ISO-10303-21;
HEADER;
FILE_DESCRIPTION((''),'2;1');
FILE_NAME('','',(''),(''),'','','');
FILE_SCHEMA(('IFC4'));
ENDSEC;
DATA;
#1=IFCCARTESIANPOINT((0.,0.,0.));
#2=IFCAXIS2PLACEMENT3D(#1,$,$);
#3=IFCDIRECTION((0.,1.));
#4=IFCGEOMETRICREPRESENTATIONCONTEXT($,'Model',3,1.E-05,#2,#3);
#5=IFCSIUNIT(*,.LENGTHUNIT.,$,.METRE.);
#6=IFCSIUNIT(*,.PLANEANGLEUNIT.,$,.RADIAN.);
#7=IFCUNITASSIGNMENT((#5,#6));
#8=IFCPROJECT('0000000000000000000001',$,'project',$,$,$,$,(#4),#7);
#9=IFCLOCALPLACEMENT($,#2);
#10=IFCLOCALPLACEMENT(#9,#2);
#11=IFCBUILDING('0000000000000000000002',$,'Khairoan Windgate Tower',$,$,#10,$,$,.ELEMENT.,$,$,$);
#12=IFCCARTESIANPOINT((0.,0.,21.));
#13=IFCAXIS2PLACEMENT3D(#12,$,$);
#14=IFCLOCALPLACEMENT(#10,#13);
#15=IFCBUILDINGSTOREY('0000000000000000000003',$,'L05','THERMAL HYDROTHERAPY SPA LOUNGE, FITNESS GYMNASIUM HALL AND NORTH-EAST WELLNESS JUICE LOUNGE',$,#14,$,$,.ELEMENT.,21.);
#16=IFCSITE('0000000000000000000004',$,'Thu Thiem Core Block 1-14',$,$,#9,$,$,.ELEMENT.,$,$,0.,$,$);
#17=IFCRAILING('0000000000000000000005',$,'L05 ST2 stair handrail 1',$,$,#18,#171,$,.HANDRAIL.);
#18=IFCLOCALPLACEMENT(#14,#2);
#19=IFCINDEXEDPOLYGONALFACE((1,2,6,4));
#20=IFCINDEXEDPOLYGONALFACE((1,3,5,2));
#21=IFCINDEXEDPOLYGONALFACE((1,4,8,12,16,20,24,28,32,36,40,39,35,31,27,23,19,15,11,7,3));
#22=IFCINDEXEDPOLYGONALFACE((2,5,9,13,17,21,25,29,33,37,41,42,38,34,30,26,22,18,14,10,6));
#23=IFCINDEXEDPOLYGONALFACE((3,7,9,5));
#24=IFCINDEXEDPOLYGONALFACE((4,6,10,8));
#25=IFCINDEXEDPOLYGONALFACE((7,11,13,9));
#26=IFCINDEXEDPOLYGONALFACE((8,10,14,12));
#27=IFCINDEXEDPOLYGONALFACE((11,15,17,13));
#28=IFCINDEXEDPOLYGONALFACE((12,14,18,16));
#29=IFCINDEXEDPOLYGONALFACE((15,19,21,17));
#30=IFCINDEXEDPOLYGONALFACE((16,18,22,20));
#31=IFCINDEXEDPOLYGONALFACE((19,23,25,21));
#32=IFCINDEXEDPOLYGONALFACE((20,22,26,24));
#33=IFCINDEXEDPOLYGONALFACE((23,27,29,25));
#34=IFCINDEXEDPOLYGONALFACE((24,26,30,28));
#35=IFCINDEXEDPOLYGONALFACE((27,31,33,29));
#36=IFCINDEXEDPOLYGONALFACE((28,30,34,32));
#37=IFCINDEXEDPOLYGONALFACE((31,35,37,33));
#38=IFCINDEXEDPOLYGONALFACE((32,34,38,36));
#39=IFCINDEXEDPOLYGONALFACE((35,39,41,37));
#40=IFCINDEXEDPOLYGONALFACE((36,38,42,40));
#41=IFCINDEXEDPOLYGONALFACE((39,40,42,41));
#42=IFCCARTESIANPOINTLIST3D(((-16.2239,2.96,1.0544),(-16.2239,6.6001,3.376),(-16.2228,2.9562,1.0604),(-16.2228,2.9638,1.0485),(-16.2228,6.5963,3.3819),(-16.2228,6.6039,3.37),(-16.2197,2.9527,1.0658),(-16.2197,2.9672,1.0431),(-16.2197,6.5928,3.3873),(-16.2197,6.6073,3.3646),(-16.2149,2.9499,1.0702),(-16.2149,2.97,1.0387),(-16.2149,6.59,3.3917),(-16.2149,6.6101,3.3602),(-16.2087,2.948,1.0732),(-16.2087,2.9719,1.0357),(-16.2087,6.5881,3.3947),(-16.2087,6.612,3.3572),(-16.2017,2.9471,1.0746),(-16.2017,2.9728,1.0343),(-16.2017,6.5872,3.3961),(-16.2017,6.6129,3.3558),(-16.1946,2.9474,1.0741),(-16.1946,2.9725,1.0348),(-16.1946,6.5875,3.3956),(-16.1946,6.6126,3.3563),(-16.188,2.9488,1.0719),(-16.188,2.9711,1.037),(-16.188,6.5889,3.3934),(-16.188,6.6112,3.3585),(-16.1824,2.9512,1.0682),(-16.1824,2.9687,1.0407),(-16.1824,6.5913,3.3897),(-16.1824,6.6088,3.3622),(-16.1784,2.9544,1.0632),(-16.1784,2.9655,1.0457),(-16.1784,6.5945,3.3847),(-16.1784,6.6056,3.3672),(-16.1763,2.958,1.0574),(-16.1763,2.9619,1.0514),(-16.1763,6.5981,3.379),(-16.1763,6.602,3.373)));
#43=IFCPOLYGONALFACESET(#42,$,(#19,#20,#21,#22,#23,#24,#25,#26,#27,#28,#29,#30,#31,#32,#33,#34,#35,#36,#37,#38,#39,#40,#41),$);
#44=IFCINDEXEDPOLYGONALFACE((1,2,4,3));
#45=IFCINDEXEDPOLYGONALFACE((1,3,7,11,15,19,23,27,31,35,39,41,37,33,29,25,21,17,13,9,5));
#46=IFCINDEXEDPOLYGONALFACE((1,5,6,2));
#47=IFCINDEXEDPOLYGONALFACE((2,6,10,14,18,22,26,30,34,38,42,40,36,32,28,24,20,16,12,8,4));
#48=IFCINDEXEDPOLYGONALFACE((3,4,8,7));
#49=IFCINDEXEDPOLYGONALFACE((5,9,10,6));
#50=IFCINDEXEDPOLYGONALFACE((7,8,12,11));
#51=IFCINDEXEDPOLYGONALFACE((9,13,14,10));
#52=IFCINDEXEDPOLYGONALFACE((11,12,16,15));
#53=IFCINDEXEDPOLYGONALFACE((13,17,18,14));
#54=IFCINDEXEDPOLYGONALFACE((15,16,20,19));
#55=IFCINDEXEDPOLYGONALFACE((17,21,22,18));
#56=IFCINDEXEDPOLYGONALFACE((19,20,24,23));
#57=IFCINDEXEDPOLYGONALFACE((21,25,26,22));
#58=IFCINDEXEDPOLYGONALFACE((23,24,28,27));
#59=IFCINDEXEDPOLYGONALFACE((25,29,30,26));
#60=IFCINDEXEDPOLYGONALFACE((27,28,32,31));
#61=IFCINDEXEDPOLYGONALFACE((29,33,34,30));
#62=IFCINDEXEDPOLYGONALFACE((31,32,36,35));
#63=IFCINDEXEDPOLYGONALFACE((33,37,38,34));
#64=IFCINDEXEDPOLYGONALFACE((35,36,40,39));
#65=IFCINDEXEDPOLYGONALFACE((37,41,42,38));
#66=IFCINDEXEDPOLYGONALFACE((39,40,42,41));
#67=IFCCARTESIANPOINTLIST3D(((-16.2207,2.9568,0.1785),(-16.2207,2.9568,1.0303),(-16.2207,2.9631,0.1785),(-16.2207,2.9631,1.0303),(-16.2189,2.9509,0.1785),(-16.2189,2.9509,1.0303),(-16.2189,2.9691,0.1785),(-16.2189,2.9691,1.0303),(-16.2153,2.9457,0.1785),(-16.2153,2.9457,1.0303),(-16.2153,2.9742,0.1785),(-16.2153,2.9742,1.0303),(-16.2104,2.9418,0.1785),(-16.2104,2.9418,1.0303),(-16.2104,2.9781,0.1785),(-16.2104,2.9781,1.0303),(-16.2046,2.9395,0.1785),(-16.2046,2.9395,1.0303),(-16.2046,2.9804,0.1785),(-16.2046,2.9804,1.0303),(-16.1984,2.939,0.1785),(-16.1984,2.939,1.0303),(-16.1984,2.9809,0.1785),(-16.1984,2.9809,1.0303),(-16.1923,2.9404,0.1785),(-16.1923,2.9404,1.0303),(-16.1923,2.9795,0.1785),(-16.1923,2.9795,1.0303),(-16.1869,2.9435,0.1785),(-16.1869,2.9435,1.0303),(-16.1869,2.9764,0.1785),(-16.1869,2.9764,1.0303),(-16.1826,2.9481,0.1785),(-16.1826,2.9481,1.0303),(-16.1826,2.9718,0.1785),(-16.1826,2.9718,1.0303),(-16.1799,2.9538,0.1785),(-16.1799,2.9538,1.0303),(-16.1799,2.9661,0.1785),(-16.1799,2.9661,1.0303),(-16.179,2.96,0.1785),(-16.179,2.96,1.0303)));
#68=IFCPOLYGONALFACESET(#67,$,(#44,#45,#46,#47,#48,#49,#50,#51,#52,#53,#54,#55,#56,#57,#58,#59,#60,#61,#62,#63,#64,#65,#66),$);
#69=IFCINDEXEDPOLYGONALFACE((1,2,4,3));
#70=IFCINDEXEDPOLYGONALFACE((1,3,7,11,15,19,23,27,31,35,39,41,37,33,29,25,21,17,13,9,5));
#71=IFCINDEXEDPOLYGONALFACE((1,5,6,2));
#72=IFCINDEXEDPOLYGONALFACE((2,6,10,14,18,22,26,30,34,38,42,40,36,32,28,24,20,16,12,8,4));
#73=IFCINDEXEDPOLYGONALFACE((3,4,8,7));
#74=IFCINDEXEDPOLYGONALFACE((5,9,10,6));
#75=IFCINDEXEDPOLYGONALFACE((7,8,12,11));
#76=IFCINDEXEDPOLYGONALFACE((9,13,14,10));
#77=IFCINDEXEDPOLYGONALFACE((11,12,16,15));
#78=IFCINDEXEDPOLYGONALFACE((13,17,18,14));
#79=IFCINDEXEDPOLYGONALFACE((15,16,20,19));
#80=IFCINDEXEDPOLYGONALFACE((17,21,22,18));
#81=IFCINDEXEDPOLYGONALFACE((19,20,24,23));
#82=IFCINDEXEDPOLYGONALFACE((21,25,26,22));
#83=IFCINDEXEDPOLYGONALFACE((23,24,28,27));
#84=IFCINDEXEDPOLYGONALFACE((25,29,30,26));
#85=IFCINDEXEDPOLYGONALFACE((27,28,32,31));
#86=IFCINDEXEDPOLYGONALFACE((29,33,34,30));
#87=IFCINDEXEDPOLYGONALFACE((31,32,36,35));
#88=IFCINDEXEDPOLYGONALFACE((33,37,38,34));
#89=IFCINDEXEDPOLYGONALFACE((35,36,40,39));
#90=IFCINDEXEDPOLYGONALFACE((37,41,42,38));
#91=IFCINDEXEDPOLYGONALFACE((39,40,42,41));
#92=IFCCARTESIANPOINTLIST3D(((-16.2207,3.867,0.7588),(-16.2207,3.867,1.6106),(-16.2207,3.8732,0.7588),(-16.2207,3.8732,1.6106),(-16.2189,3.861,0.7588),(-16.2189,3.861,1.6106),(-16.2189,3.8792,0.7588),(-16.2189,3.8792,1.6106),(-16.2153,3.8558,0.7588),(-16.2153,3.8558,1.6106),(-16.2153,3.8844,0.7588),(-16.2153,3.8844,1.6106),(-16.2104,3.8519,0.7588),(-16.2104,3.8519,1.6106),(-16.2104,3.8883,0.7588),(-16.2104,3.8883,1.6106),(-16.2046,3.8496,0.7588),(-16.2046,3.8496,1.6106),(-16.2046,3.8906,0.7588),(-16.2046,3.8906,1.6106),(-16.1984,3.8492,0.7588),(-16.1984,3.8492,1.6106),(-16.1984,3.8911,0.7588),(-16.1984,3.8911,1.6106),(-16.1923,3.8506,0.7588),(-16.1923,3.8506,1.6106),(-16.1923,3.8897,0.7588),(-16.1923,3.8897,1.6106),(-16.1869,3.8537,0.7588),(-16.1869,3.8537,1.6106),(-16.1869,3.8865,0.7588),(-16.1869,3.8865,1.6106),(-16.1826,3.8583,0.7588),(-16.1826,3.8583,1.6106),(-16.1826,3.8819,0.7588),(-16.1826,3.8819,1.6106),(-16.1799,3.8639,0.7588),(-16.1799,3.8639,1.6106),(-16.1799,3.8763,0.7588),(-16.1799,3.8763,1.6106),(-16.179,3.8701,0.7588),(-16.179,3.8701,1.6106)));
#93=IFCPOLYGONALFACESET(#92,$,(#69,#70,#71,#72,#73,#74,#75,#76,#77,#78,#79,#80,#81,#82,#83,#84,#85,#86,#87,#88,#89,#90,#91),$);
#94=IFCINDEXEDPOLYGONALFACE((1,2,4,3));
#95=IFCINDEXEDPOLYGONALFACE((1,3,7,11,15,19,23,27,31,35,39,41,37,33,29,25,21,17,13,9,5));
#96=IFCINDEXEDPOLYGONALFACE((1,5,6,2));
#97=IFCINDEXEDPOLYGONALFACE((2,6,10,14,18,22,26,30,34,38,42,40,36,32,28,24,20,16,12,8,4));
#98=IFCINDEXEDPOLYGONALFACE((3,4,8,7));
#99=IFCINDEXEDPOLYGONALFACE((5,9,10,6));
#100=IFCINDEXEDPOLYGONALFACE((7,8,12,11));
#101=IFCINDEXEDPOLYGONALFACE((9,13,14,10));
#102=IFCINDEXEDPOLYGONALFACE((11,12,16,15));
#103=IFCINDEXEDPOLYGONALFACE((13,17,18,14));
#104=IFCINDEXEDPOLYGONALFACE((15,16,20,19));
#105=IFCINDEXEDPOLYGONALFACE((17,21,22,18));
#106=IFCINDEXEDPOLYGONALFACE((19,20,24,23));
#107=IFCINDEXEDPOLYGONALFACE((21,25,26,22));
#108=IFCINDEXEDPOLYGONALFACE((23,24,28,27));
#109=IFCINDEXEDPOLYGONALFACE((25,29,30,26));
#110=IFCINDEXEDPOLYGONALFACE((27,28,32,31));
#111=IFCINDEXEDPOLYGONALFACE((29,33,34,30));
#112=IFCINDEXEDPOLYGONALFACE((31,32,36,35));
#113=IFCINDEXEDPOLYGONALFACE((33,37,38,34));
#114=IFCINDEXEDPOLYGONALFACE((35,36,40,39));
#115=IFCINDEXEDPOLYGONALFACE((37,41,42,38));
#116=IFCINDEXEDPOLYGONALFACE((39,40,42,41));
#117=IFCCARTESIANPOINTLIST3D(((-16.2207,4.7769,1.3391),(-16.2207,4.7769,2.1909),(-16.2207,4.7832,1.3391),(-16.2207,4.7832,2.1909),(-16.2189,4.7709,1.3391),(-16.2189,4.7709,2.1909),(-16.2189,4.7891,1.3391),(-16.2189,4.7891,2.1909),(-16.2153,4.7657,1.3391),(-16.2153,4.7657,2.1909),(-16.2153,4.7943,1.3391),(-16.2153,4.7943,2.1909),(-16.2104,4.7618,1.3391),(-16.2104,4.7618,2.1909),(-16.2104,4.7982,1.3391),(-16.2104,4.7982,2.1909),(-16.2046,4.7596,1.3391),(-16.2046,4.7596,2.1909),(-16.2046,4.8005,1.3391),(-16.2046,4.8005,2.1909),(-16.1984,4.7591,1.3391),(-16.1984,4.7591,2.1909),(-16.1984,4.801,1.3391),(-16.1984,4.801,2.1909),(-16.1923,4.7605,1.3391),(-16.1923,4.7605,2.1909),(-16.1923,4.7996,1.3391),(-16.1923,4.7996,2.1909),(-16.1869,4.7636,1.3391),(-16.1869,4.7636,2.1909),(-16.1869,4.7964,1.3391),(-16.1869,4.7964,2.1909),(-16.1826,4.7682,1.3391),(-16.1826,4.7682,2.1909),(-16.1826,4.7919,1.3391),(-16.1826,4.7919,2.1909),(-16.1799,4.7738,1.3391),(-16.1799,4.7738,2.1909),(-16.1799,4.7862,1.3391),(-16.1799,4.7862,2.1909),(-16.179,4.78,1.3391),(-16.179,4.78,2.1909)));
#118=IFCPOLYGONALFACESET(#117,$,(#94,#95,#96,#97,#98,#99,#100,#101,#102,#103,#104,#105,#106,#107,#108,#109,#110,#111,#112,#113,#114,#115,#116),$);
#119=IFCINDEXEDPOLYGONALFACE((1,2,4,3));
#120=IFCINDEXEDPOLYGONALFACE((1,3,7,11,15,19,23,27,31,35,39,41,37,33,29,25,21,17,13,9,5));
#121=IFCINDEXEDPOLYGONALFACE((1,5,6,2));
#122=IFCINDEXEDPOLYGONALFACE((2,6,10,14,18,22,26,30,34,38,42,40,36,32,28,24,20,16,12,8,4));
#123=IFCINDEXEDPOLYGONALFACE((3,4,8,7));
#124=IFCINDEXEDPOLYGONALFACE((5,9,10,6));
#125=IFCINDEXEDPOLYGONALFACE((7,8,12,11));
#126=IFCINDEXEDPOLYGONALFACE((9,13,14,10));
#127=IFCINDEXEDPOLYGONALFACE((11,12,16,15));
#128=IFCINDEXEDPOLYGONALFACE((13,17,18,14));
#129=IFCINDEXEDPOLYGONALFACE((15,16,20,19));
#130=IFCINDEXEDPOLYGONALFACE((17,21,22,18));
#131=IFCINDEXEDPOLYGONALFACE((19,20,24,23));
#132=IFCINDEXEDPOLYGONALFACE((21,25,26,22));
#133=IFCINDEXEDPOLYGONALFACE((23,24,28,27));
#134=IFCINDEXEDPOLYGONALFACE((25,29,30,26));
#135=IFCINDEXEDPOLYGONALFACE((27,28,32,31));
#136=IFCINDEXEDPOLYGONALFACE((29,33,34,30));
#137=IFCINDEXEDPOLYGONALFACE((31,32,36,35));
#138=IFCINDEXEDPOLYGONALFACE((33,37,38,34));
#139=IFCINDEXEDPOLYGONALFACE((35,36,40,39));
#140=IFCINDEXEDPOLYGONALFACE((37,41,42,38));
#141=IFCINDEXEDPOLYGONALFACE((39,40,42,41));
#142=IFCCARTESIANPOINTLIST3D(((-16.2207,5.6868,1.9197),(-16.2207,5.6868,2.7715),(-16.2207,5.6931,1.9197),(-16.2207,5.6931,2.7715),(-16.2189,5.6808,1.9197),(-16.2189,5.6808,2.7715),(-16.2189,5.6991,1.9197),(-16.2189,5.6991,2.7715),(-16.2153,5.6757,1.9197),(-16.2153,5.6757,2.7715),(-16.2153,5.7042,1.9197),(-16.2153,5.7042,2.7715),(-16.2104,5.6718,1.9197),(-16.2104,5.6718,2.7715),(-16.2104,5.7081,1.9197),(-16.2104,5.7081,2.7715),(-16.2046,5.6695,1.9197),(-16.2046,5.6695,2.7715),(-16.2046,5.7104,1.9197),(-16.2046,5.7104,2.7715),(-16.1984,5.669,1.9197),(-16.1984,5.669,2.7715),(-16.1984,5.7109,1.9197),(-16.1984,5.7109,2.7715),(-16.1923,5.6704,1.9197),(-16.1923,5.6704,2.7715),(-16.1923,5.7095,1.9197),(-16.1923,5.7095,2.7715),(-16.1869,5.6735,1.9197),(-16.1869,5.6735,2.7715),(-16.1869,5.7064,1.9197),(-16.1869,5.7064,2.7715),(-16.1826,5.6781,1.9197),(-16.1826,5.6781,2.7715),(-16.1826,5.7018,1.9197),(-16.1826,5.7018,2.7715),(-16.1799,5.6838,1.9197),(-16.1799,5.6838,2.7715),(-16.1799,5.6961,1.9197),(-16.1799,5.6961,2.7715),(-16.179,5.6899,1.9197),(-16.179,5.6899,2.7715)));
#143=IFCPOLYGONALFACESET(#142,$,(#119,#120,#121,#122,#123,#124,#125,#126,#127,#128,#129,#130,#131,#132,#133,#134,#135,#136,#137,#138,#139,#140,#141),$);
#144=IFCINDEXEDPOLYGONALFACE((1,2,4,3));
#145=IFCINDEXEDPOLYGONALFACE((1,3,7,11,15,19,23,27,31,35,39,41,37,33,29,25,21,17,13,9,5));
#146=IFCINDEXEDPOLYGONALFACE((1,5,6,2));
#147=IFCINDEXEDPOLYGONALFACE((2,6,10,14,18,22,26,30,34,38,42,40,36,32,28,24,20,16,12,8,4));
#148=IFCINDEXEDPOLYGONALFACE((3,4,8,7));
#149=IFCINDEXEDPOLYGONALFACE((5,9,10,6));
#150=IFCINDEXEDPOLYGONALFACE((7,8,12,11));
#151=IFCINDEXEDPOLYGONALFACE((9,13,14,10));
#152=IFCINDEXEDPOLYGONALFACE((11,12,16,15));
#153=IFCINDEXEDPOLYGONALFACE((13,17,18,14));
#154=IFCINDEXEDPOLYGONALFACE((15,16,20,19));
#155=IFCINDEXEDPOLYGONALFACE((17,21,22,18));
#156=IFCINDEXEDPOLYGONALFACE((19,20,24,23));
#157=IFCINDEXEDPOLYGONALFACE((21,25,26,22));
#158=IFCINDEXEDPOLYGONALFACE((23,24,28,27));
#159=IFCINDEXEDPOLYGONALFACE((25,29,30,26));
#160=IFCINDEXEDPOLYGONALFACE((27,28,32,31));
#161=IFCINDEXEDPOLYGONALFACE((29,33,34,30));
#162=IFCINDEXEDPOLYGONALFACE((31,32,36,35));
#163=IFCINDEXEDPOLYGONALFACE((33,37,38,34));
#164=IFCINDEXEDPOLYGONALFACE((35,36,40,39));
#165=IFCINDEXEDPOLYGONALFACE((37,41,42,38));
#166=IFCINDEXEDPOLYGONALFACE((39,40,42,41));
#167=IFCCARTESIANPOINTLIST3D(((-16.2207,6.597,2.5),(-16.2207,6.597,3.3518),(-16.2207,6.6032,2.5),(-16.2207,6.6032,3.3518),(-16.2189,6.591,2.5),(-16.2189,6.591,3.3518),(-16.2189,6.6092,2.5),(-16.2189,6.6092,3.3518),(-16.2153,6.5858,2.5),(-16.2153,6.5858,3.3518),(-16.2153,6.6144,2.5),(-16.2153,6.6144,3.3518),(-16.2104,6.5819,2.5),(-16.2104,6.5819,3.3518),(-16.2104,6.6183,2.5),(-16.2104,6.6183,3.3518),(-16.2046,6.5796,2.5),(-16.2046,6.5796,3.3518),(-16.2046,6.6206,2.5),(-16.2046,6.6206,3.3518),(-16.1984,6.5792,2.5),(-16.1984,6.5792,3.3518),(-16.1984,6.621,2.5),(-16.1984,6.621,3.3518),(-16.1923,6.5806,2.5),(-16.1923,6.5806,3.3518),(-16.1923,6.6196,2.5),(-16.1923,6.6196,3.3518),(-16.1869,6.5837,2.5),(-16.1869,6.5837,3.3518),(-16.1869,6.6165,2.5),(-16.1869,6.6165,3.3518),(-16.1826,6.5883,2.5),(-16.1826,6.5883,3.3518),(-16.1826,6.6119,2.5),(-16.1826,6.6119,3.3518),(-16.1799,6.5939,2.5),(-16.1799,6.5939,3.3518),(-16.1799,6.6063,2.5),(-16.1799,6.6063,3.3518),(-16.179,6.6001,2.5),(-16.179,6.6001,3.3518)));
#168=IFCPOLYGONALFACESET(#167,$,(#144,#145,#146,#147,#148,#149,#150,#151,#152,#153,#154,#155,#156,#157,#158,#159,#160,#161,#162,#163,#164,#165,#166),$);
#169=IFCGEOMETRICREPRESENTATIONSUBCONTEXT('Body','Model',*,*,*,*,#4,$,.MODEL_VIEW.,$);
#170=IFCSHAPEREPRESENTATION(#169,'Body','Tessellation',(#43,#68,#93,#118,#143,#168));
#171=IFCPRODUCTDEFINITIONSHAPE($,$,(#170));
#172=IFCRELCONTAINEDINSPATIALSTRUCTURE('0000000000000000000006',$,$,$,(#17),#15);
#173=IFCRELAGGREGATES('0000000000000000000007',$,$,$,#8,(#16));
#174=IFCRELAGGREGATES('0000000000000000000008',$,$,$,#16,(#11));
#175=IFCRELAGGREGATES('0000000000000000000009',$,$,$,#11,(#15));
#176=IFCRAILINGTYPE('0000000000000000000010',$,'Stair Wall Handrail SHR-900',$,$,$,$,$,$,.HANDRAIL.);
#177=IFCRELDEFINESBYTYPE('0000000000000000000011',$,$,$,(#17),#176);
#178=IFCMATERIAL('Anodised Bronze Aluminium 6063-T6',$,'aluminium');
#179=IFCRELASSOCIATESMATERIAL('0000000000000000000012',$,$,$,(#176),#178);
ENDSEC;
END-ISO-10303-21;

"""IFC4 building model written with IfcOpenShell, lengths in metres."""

from ifc_helpers import new_model, si_unit, direction, frame, origin, origin_2d, place, context, subcontext, project, spatial, circle, extrude, material, type_object, element, save


model = new_model("IFC4")

# Units and contexts
model_context = context("Model", 3, precision=1e-05, world=origin(), true_north=direction((0.0, 1.0)))
body_context = subcontext(model_context, "Body", "Model", "MODEL_VIEW")
ifc_project = project(units=[si_unit("LENGTHUNIT", "METRE"), si_unit("PLANEANGLEUNIT", "RADIAN")], contexts=[model_context])

# Site, building, storey
site_placement = place(None, origin())
site = spatial("IfcSite", under=ifc_project, at=site_placement, Name="Thu Thiem Core Block 1-14", CompositionType="ELEMENT", RefElevation=0.0)
building_placement = place(site_placement, origin())
building = spatial("IfcBuilding", under=site, at=building_placement, Name="Khairoan Windgate Tower", CompositionType="ELEMENT")
storey_placement = place(building_placement, frame((0.0, 0.0, 21.0)))
storey = spatial("IfcBuildingStorey", under=building, at=storey_placement, Name="L05", Description="THERMAL HYDROTHERAPY SPA LOUNGE, FITNESS GYMNASIUM HALL AND NORTH-EAST WELLNESS JUICE LOUNGE", CompositionType="ELEMENT", Elevation=21.0)

# Railing
ifc_material_1 = material(Name="Anodised Bronze Aluminium 6063-T6", Category="aluminium")
railing_type_1 = type_object("IfcRailingType", Name="Stair Wall Handrail SHR-900", PredefinedType="HANDRAIL", material=ifc_material_1)
railing_1_placement = place(storey_placement, frame((-16.2, 2.96, 0.1785)))
element("IfcRailing", 1, at=railing_1_placement, inside=storey, type_object=railing_type_1, Name="L05 ST2 stair handrail 1", PredefinedType="HANDRAIL", context=body_context, shape_type="SweptSolid", body=[
    extrude(circle(Radius=0.0239, at=origin_2d()), frame((0.0, 0.0, 0.876), z_axis=(0.0, 0.843128, 0.537713), x_axis=(-1.0, 0.0, 0.0)), (0.0, 0.0, 1.0), 4.3174),
    extrude(circle(Radius=0.021, at=origin_2d()), origin(), (0.0, 0.0, 1.0), 0.8518),
    extrude(circle(Radius=0.021, at=origin_2d()), frame((0.0, 0.9102, 0.5803)), (0.0, 0.0, 1.0), 0.8518),
    extrude(circle(Radius=0.021, at=origin_2d()), frame((0.0, 1.8201, 1.1606)), (0.0, 0.0, 1.0), 0.8518),
    extrude(circle(Radius=0.021, at=origin_2d()), frame((0.0, 2.73, 1.7412)), (0.0, 0.0, 1.0), 0.8518),
    extrude(circle(Radius=0.021, at=origin_2d()), frame((0.0, 3.6401, 2.3215)), (0.0, 0.0, 1.0), 0.8518),
])

save(model, "model.ifc")
